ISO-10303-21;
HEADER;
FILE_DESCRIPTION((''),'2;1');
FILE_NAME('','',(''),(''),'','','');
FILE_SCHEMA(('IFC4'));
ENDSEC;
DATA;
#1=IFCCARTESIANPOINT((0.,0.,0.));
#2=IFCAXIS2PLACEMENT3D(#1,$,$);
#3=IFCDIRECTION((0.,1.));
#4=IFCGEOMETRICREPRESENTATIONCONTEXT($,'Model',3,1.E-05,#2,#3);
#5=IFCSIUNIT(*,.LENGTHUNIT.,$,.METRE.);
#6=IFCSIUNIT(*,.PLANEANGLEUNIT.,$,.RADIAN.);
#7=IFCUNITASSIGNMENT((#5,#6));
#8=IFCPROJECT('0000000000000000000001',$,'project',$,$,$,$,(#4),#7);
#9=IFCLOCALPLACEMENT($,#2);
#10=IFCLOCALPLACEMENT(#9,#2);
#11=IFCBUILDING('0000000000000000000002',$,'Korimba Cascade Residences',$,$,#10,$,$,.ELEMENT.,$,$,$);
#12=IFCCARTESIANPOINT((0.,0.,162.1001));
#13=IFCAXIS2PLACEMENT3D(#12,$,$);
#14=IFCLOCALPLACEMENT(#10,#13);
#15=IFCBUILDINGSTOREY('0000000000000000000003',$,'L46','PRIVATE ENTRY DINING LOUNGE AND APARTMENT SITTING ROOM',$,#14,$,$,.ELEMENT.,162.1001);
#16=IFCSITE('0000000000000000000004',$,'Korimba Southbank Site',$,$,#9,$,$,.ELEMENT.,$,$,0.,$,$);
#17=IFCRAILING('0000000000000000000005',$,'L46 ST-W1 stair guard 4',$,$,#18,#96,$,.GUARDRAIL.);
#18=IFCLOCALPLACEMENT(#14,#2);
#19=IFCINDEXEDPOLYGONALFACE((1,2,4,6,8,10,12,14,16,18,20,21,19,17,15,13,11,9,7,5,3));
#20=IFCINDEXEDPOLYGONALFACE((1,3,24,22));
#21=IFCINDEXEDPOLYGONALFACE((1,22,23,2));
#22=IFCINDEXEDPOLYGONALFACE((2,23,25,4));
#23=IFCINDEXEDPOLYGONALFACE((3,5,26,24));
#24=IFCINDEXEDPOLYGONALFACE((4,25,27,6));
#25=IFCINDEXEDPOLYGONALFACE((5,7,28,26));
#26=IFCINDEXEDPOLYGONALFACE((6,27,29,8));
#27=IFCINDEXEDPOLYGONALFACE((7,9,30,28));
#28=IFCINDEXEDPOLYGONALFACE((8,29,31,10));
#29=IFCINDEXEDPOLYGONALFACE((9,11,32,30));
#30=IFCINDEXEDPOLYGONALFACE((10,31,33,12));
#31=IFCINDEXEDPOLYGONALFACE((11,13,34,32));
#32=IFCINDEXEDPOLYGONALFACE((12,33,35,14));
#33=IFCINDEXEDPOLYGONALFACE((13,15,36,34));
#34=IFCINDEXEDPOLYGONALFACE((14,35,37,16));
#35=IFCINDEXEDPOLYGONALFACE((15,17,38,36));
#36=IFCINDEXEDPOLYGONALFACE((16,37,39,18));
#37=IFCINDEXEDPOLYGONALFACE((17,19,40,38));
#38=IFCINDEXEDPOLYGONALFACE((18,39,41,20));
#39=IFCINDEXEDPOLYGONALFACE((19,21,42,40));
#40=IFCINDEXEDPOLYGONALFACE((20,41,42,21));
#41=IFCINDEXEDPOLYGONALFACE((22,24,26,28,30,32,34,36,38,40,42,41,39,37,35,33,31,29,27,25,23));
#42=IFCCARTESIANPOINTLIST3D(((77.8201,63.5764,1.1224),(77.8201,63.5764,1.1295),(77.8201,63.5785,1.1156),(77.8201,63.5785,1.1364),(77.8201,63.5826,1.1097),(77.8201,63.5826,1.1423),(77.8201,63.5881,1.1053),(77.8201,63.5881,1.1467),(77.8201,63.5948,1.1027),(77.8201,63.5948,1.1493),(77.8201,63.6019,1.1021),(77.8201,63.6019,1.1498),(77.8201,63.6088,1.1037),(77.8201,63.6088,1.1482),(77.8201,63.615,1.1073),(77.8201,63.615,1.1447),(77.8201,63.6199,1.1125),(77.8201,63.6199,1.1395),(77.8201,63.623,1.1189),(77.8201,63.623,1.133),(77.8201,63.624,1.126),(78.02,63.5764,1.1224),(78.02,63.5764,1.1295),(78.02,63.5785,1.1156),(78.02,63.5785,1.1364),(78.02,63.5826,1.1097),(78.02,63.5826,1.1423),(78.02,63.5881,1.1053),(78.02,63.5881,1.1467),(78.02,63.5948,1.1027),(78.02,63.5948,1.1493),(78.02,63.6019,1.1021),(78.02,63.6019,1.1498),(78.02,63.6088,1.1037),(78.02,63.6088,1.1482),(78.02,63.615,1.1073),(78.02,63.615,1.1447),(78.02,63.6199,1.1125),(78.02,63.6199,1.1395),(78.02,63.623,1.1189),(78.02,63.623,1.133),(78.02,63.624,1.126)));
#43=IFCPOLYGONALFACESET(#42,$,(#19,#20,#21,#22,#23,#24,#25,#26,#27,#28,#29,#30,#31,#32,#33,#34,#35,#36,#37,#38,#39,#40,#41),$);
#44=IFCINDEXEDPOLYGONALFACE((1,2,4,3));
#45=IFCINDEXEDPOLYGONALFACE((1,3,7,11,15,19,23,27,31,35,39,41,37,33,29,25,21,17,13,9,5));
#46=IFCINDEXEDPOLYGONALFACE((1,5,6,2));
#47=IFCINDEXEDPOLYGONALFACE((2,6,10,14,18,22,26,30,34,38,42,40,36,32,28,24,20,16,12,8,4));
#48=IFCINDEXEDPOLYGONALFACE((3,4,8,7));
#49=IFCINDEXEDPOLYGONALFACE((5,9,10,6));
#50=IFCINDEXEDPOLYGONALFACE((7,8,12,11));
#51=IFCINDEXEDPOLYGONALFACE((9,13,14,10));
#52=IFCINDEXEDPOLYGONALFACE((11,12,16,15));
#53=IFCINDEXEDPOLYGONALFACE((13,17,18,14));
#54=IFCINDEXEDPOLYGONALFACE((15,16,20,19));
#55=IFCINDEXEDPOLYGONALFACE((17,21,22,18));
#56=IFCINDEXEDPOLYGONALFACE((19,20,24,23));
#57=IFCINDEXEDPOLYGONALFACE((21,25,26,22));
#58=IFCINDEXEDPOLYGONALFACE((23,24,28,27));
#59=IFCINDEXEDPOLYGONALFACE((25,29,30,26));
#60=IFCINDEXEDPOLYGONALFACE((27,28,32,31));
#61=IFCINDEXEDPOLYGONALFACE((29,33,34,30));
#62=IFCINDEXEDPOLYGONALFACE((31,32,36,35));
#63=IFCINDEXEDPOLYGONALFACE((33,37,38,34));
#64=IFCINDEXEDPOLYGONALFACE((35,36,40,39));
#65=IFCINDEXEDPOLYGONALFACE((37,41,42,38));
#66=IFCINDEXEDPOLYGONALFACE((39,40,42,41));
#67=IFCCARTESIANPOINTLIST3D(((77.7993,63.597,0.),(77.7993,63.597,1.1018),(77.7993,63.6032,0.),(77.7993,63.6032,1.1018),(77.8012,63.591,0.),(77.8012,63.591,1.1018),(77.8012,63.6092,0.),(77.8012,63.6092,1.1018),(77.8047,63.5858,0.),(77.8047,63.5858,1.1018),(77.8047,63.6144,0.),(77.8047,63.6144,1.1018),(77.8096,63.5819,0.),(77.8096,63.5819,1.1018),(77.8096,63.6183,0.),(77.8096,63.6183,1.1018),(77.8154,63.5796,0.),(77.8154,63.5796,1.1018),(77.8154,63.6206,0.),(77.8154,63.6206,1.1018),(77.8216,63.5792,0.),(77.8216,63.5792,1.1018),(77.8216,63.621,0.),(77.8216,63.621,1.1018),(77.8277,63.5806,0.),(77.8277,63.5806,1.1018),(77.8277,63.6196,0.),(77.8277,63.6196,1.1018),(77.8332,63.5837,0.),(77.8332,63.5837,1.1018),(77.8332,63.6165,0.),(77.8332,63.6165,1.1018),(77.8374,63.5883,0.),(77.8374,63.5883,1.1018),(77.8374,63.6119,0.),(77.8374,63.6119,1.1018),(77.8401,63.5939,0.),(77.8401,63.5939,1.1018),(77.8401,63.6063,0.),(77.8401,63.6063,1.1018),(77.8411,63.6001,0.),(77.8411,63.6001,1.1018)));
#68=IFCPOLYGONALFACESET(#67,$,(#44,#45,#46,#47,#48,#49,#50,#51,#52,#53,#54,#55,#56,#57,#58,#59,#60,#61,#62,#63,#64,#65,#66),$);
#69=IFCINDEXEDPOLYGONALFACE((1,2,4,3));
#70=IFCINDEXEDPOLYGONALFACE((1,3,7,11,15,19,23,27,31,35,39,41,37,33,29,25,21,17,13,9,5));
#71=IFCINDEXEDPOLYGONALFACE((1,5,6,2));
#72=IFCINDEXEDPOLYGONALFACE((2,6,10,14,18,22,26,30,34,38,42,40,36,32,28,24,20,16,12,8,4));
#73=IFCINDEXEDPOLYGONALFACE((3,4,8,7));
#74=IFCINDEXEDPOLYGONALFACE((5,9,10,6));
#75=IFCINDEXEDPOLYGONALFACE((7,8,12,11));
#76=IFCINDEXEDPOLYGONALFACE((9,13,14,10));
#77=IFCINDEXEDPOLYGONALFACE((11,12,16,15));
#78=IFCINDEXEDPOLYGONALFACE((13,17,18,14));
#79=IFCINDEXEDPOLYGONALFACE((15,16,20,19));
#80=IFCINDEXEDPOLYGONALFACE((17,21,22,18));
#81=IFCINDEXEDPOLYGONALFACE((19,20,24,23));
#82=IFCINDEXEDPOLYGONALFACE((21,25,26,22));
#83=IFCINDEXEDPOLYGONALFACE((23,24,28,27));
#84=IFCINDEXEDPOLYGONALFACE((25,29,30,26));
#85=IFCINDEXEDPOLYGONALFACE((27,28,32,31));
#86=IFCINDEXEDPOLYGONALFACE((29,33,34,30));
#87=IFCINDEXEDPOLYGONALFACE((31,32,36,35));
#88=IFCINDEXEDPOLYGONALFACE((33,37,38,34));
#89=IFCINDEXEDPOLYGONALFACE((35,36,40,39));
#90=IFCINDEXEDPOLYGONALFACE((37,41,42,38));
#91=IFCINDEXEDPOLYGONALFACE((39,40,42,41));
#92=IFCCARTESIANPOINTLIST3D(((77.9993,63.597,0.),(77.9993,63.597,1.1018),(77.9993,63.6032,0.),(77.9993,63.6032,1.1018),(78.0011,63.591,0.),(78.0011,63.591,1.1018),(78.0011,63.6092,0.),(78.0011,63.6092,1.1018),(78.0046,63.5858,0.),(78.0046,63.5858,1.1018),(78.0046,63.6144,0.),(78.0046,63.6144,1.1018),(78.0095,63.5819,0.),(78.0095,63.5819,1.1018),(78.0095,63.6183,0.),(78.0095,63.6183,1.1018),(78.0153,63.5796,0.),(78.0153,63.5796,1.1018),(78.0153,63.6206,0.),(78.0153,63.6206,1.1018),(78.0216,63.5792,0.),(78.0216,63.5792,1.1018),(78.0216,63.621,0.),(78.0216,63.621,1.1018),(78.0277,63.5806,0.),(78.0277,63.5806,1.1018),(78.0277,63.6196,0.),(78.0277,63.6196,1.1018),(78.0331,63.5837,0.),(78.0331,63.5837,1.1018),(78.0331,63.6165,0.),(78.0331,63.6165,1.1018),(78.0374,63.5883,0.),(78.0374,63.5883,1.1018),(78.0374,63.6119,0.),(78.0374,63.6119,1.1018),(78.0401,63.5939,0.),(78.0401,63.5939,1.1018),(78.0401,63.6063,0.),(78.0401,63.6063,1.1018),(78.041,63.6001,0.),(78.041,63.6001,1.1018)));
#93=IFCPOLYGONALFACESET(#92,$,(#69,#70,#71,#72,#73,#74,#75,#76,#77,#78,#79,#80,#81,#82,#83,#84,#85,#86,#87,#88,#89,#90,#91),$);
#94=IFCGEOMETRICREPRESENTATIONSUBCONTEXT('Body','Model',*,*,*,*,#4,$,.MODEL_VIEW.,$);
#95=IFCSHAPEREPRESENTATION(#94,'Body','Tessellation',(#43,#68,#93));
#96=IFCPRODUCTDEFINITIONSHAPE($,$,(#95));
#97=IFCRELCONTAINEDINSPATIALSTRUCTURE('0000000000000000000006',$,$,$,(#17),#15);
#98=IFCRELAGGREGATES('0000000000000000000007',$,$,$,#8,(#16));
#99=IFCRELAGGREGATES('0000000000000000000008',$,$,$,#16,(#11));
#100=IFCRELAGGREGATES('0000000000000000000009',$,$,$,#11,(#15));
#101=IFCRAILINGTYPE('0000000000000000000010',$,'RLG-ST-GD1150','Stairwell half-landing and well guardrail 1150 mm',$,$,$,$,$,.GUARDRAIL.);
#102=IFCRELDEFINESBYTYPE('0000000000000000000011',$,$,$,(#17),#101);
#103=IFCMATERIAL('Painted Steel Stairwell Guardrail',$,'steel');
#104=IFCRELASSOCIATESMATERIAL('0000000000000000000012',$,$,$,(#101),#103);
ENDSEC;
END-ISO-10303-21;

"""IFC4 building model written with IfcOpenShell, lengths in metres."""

from ifc_helpers import new_model, si_unit, direction, frame, origin, origin_2d, place, context, subcontext, project, spatial, circle, extrude, material, type_object, element, save


model = new_model("IFC4")

# Units and contexts
model_context = context("Model", 3, precision=1e-05, world=origin(), true_north=direction((0.0, 1.0)))
body_context = subcontext(model_context, "Body", "Model", "MODEL_VIEW")
ifc_project = project(units=[si_unit("LENGTHUNIT", "METRE"), si_unit("PLANEANGLEUNIT", "RADIAN")], contexts=[model_context])

# Site, building, storey
site_placement = place(None, origin())
site = spatial("IfcSite", under=ifc_project, at=site_placement, Name="Korimba Southbank Site", CompositionType="ELEMENT", RefElevation=0.0)
building_placement = place(site_placement, origin())
building = spatial("IfcBuilding", under=site, at=building_placement, Name="Korimba Cascade Residences", CompositionType="ELEMENT")
storey_placement = place(building_placement, frame((0.0, 0.0, 162.1001)))
storey = spatial("IfcBuildingStorey", under=building, at=storey_placement, Name="L46", Description="PRIVATE ENTRY DINING LOUNGE AND APARTMENT SITTING ROOM", CompositionType="ELEMENT", Elevation=162.1001)

# Railing
ifc_material_1 = material(Name="Painted Steel Stairwell Guardrail", Category="steel")
railing_type_1 = type_object("IfcRailingType", Name="RLG-ST-GD1150", Description="Stairwell half-landing and well guardrail 1150 mm", PredefinedType="GUARDRAIL", material=ifc_material_1)
railing_1_placement = place(storey_placement, frame((77.8201, 63.6001, 0.0)))
element("IfcRailing", 1, at=railing_1_placement, inside=storey, type_object=railing_type_1, Name="L46 ST-W1 stair guard 4", PredefinedType="GUARDRAIL", context=body_context, shape_type="SweptSolid", body=[
    extrude(circle(Radius=0.0239, at=origin_2d()), frame((0.0, 0.0, 1.126), z_axis=(1.0, 0.0, 0.0), x_axis=(0.0, 1.0, 0.0)), (0.0, 0.0, 1.0), 0.2),
    extrude(circle(Radius=0.021, at=origin_2d()), origin(), (0.0, 0.0, 1.0), 1.1018),
    extrude(circle(Radius=0.021, at=origin_2d()), frame((0.2, 0.0, 0.0)), (0.0, 0.0, 1.0), 1.1018),
])

save(model, "model.ifc")
